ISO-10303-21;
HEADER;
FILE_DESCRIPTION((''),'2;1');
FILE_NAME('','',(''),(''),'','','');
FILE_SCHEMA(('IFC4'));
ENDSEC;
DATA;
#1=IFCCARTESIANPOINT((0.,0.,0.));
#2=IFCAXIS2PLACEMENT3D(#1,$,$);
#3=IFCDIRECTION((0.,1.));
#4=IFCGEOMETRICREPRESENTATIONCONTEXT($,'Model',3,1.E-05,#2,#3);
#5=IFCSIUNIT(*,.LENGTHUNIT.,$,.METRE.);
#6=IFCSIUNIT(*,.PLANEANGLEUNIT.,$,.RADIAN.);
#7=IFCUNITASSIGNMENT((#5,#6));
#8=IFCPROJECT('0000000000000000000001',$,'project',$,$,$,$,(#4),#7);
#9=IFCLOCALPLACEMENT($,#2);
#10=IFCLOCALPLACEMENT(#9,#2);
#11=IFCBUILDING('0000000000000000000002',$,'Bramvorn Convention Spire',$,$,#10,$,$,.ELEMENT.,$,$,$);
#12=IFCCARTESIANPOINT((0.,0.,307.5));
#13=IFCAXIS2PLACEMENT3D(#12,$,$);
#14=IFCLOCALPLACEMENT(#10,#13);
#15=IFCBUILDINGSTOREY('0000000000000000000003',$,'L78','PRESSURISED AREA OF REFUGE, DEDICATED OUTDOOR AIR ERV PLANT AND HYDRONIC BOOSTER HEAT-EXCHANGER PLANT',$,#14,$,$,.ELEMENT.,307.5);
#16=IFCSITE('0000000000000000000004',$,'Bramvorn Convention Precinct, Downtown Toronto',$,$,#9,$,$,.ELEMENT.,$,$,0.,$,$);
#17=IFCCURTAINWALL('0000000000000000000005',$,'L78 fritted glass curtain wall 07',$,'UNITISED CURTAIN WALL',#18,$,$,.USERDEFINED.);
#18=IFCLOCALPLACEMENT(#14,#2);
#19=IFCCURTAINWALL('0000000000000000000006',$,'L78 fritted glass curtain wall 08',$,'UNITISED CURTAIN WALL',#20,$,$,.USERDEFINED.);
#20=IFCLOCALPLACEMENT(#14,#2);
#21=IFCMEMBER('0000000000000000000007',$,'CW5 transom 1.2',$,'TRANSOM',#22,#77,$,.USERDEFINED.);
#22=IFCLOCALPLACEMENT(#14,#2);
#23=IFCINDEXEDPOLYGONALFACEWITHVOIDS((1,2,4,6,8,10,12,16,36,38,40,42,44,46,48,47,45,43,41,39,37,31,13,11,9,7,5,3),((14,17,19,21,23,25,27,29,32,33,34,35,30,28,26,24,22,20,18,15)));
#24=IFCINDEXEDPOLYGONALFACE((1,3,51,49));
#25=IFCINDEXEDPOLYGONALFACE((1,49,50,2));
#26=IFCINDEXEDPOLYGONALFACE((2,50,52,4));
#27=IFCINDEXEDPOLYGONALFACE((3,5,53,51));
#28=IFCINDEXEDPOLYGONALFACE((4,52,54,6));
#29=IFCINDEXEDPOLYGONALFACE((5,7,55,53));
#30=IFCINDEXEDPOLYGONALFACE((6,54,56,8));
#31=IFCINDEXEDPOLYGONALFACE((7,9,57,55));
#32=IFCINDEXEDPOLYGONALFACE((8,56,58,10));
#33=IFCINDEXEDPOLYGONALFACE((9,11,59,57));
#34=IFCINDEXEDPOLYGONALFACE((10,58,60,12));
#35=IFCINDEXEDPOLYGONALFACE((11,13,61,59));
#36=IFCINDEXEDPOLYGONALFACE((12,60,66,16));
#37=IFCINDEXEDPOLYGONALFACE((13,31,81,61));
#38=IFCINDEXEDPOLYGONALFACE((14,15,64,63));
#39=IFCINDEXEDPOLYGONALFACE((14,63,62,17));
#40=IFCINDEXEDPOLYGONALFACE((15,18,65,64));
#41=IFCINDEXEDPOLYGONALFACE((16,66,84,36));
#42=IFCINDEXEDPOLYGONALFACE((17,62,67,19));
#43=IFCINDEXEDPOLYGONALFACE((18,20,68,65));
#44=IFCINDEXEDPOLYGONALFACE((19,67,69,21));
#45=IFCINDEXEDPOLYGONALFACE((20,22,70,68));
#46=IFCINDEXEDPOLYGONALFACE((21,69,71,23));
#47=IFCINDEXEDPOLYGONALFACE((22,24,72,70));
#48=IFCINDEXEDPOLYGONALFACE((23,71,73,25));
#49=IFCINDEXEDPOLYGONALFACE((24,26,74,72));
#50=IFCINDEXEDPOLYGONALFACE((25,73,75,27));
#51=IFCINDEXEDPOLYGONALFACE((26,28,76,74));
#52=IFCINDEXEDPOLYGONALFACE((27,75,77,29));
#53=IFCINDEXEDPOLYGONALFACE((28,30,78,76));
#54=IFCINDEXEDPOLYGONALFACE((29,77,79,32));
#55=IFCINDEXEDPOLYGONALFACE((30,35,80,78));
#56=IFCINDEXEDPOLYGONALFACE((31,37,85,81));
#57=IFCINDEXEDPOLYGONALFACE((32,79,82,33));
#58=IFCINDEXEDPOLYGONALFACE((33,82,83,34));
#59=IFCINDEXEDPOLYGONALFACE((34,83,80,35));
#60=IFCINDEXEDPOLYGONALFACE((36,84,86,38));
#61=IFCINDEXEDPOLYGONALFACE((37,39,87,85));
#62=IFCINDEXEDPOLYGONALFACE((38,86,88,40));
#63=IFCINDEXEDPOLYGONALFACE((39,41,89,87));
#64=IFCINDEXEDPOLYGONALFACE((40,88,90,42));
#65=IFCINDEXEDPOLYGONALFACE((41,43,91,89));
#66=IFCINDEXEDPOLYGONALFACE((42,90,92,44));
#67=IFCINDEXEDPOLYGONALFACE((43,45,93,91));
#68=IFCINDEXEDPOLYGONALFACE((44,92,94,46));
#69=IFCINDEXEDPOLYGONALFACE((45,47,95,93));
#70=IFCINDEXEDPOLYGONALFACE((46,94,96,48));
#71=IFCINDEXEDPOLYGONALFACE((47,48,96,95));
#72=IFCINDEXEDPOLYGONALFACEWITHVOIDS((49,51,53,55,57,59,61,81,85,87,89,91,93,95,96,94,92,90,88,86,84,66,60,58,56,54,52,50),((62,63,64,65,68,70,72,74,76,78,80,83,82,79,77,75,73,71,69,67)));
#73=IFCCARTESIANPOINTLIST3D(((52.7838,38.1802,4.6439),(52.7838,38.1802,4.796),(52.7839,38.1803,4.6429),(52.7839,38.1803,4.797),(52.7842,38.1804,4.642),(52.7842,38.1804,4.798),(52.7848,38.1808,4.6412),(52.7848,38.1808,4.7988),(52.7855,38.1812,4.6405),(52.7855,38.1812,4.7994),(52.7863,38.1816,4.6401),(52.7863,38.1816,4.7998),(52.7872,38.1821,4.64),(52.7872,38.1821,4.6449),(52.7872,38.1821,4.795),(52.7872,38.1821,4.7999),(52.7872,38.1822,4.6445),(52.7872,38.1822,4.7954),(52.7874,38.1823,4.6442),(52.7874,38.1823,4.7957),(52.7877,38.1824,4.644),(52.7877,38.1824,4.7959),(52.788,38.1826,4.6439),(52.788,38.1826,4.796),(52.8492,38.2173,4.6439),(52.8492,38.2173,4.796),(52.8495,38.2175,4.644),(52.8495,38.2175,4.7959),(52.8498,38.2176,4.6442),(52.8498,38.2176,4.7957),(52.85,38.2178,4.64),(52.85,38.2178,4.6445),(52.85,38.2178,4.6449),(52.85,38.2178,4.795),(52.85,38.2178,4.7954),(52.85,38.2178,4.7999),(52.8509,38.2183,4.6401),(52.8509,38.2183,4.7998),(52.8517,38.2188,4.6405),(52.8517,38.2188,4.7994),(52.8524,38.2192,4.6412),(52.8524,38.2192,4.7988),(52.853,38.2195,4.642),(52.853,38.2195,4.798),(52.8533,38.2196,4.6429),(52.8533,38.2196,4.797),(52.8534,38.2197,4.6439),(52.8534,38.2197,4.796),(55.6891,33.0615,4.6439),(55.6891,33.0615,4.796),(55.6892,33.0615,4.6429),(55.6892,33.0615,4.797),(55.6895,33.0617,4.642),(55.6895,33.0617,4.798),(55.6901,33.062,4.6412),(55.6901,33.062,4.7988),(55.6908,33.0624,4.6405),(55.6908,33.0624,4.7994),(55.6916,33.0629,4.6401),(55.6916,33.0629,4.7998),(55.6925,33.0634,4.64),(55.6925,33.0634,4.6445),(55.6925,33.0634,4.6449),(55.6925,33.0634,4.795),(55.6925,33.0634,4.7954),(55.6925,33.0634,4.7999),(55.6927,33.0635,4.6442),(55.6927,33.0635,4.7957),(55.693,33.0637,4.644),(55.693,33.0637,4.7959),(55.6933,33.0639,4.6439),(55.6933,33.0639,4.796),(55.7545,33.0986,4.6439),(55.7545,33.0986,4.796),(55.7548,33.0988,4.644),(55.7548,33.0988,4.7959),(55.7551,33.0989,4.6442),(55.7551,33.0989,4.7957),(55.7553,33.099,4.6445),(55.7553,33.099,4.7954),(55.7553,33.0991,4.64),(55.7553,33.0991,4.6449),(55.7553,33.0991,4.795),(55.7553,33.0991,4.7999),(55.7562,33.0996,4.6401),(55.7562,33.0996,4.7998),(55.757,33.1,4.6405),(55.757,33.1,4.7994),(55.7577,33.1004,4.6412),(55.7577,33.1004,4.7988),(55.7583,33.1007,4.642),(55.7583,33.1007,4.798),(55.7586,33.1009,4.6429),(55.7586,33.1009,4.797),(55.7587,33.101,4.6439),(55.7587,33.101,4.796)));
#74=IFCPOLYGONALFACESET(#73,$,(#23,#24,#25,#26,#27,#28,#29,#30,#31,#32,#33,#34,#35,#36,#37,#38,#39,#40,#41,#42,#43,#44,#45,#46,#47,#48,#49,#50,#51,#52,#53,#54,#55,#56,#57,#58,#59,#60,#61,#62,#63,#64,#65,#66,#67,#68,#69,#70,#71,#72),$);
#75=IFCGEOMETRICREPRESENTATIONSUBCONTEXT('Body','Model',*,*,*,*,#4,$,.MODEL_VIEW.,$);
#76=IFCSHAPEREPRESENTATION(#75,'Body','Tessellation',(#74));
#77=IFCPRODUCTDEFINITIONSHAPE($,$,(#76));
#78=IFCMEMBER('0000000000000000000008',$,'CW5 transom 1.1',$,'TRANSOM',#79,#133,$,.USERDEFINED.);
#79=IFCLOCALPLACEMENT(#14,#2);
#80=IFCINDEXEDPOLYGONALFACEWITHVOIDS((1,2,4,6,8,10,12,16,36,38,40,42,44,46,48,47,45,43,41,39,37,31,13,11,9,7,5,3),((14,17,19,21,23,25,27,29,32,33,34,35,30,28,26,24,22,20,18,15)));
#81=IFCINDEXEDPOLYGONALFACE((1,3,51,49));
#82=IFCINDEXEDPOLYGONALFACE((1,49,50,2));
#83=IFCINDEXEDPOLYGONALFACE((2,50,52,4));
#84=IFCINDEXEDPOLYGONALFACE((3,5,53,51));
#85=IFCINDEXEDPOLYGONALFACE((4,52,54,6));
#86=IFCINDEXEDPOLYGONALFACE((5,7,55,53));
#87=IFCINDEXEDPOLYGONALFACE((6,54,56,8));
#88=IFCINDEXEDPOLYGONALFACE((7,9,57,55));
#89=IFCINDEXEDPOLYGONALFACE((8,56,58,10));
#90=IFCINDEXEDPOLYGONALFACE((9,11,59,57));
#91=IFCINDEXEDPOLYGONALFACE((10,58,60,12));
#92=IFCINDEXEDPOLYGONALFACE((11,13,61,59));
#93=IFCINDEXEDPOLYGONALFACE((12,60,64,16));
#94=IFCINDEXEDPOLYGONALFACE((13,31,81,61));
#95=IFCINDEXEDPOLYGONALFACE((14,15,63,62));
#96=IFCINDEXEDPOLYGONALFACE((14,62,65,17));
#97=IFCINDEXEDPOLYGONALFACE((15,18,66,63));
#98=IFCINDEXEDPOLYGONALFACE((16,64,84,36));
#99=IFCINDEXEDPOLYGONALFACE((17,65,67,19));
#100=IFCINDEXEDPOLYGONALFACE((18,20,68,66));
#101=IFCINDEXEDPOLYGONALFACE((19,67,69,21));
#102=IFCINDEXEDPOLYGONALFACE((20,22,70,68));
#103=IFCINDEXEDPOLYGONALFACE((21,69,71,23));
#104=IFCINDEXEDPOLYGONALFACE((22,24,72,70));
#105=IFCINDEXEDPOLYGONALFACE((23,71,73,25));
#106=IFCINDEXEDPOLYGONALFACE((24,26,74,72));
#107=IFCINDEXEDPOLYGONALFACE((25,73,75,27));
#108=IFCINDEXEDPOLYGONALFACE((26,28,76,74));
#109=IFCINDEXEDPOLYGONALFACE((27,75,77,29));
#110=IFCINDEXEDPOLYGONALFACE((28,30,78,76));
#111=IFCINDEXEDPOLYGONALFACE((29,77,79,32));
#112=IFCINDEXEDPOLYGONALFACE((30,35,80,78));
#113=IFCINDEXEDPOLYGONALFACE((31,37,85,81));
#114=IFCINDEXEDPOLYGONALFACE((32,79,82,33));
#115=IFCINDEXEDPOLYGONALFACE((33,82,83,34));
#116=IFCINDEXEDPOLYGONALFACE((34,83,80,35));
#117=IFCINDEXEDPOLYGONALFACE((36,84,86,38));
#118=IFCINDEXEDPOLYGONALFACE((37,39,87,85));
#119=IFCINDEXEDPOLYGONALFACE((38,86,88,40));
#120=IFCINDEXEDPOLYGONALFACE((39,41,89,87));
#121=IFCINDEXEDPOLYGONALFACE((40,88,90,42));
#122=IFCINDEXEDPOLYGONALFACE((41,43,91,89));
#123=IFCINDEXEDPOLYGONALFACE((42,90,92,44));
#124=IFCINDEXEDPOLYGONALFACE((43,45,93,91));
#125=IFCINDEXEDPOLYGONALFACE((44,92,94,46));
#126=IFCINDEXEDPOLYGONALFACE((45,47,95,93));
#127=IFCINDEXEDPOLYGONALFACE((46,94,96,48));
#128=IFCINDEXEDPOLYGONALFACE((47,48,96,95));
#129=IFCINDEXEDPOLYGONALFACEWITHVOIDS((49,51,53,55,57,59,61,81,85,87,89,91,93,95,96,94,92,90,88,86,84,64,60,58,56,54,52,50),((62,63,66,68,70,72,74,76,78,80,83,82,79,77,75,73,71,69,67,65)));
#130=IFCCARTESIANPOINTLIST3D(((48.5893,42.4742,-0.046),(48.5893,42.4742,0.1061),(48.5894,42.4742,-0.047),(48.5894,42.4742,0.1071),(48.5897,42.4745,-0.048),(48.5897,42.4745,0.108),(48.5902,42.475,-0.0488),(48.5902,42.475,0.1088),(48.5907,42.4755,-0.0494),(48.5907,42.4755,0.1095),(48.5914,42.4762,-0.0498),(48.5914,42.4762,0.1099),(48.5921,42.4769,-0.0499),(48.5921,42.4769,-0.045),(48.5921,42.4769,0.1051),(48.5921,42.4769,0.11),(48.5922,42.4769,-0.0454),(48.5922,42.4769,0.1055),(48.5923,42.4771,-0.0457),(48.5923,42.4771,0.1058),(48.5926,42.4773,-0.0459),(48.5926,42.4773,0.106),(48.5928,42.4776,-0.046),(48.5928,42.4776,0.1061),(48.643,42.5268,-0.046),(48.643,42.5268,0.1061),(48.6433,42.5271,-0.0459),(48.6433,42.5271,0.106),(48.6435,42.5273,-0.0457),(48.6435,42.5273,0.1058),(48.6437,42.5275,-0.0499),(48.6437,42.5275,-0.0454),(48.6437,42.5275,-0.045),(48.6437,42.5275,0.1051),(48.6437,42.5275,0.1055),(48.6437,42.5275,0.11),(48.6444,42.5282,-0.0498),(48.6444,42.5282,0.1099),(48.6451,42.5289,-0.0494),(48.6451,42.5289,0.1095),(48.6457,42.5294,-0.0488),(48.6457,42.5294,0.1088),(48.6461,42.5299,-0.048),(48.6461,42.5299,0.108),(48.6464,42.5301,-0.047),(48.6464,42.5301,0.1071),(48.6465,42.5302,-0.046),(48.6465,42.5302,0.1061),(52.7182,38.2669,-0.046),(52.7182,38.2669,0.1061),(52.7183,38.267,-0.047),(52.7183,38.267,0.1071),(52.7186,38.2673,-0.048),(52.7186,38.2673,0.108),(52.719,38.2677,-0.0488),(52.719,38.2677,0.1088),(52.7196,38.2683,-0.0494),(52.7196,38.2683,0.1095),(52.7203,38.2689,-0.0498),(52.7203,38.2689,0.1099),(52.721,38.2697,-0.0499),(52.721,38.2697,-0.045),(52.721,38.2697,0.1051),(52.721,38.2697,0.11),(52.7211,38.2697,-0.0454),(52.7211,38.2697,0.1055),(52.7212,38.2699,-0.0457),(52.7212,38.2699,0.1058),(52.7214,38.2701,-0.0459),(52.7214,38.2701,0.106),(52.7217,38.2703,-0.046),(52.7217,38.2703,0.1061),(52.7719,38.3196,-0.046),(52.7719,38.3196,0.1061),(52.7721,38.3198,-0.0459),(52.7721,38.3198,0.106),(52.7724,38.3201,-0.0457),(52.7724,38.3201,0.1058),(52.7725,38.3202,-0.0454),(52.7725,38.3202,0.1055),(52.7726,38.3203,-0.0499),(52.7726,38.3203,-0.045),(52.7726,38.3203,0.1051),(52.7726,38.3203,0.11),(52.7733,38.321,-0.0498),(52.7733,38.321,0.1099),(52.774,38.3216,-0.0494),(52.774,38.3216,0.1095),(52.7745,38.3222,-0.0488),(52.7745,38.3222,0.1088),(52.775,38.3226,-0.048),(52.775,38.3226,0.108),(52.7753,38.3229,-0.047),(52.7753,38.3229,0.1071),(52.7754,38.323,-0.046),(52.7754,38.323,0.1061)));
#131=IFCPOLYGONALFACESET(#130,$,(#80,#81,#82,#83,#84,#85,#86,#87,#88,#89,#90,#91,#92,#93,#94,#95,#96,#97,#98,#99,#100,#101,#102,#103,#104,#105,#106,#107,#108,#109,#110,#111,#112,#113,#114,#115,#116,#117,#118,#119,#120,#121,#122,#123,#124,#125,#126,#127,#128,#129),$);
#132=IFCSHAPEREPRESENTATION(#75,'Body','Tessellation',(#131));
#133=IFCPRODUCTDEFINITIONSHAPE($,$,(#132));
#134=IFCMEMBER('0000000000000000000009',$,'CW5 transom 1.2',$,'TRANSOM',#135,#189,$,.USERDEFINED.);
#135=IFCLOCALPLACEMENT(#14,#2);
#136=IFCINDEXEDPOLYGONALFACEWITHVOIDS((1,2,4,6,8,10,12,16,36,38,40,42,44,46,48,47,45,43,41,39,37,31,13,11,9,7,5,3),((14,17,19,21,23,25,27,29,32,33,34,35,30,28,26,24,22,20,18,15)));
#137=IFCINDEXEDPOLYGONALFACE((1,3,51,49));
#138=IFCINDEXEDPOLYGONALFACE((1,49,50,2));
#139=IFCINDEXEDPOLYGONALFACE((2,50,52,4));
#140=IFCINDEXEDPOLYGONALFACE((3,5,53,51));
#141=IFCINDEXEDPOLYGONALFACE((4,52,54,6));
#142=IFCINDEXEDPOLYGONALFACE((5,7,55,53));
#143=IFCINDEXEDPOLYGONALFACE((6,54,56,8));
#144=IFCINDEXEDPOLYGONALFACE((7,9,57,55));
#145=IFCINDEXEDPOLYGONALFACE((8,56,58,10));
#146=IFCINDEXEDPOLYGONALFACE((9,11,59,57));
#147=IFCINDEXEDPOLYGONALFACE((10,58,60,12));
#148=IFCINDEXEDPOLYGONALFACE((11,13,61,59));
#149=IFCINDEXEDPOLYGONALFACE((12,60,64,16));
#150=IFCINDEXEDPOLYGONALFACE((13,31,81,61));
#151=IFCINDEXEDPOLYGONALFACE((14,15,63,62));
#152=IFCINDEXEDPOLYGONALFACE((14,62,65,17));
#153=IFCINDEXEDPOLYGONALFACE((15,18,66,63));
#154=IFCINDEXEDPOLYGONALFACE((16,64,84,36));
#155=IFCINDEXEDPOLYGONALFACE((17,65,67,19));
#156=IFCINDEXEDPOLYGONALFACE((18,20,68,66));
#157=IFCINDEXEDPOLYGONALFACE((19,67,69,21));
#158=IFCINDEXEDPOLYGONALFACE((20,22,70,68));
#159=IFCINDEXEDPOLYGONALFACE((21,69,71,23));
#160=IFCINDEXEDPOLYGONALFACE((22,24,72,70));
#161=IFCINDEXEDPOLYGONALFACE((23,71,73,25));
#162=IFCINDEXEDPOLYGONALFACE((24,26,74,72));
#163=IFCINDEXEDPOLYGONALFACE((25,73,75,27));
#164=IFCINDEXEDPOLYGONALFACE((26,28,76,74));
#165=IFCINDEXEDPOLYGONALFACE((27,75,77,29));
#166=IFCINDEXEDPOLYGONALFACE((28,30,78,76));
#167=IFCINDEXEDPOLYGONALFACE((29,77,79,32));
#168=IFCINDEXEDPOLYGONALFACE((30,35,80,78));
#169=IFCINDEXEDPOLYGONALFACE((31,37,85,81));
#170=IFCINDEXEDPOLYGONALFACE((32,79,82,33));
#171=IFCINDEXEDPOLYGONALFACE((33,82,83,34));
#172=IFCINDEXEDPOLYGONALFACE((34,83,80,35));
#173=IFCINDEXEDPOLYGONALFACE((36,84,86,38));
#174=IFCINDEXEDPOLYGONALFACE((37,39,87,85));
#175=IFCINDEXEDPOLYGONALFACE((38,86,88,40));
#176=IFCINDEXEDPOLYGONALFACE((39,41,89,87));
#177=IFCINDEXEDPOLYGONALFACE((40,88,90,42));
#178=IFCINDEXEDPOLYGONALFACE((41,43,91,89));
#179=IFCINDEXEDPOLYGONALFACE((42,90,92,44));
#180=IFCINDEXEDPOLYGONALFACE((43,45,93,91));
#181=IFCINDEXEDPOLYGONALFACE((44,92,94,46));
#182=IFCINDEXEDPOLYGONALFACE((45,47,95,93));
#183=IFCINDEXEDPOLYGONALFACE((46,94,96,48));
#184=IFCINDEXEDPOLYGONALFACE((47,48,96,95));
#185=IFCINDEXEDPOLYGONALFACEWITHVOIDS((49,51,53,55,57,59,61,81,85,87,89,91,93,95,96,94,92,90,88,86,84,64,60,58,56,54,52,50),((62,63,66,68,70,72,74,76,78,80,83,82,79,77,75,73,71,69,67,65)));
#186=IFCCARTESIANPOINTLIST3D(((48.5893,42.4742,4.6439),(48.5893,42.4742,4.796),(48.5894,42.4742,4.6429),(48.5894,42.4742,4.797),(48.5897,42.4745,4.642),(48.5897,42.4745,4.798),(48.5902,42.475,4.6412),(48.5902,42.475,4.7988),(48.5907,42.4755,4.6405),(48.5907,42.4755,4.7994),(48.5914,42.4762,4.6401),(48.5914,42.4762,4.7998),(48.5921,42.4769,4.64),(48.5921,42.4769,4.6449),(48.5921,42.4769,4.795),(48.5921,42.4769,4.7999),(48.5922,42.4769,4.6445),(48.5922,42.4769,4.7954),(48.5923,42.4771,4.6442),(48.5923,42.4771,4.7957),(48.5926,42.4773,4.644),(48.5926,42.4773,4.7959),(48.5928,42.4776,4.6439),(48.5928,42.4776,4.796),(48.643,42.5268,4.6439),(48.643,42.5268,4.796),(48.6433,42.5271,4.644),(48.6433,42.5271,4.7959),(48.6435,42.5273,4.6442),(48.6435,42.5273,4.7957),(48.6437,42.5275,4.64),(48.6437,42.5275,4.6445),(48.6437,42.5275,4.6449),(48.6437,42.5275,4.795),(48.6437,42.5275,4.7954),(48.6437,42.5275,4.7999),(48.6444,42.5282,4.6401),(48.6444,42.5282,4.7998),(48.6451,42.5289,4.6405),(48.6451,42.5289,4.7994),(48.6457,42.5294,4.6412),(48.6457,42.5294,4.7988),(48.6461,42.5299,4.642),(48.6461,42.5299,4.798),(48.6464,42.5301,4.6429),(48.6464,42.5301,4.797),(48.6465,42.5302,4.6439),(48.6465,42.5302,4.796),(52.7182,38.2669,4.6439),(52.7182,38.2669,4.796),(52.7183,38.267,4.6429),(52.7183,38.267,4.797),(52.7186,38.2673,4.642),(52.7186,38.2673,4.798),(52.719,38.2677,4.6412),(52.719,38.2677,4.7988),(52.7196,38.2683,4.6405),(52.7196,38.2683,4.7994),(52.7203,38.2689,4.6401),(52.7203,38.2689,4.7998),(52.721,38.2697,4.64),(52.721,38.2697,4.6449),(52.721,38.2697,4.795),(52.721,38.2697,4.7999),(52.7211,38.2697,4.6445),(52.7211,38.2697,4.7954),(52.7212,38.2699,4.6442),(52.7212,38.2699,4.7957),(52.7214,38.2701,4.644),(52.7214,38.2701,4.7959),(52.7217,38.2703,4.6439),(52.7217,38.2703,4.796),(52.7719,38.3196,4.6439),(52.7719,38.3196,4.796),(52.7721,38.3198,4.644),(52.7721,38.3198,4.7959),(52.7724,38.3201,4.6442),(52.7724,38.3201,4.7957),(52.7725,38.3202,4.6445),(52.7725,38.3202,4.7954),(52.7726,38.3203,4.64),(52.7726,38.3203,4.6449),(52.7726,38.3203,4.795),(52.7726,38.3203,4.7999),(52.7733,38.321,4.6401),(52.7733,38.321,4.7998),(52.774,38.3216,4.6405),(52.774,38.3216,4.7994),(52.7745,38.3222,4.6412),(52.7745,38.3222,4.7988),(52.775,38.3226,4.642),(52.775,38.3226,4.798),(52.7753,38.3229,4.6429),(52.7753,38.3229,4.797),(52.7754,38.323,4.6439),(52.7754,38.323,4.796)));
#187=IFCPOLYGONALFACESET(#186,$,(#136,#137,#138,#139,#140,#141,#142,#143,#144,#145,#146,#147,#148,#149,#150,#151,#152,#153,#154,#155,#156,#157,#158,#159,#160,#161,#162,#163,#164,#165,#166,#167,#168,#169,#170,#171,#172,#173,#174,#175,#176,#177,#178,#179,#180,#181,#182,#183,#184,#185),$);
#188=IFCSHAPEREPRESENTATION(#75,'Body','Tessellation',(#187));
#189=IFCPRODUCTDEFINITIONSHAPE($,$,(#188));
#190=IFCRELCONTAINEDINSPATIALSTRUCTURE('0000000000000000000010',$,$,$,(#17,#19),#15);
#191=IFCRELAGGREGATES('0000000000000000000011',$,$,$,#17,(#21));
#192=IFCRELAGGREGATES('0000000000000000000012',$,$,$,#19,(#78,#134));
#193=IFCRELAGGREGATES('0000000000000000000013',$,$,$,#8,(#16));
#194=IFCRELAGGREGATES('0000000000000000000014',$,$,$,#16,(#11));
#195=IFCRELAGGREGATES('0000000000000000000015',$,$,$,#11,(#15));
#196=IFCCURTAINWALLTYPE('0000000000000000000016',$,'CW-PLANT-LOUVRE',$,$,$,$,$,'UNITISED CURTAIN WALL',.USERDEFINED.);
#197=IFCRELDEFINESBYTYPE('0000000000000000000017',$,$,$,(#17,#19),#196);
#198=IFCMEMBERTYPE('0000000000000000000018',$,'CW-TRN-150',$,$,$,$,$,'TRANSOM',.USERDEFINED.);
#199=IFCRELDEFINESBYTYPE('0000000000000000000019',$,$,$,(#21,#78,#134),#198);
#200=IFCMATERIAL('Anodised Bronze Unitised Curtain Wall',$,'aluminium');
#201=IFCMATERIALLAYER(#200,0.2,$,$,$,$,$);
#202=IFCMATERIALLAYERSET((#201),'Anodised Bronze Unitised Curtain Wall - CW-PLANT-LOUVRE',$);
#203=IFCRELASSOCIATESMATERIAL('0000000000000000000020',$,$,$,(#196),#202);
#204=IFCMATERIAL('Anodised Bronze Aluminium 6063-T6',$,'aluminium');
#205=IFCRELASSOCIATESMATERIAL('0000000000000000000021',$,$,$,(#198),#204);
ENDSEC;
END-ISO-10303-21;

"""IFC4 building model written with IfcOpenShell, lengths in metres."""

from ifc_helpers import new_model, si_unit, direction, frame, origin, origin_2d, place, context, subcontext, project, spatial, hollow_rectangle, extrude, material, layer, layer_set, material_profile, profile_set, type_object, element, aggregate, save


model = new_model("IFC4")

# Units and contexts
model_context = context("Model", 3, precision=1e-05, world=origin(), true_north=direction((0.0, 1.0)))
body_context = subcontext(model_context, "Body", "Model", "MODEL_VIEW")
ifc_project = project(units=[si_unit("LENGTHUNIT", "METRE"), si_unit("PLANEANGLEUNIT", "RADIAN")], contexts=[model_context])

# Site, building, storey
site_placement = place(None, origin())
site = spatial("IfcSite", under=ifc_project, at=site_placement, Name="Bramvorn Convention Precinct, Downtown Toronto", CompositionType="ELEMENT", RefElevation=0.0)
building_placement = place(site_placement, origin())
building = spatial("IfcBuilding", under=site, at=building_placement, Name="Bramvorn Convention Spire", CompositionType="ELEMENT")
storey_placement = place(building_placement, frame((0.0, 0.0, 307.5)))
storey = spatial("IfcBuildingStorey", under=building, at=storey_placement, Name="L78", Description="PRESSURISED AREA OF REFUGE, DEDICATED OUTDOOR AIR ERV PLANT AND HYDRONIC BOOSTER HEAT-EXCHANGER PLANT", CompositionType="ELEMENT", Elevation=307.5)

# Curtain walls
ifc_material_1 = material(Name="Anodised Bronze Unitised Curtain Wall", Category="aluminium")
ifc_layer_1 = layer(ifc_material_1, 0.2)
ifc_layer_set_1 = layer_set([ifc_layer_1], Name="Anodised Bronze Unitised Curtain Wall - CW-PLANT-LOUVRE")
curtain_wall_type = type_object("IfcCurtainWallType", Name="CW-PLANT-LOUVRE", ElementType="UNITISED CURTAIN WALL", PredefinedType="USERDEFINED", material=ifc_layer_set_1)
curtain_wall_1_placement = place(storey_placement, origin())
curtain_wall_1 = element("IfcCurtainWall", 1, at=curtain_wall_1_placement, inside=storey, type_object=curtain_wall_type, Name="L78 fritted glass curtain wall 07", ObjectType="UNITISED CURTAIN WALL", PredefinedType="USERDEFINED")
ifc_material_2 = material(Name="Anodised Bronze Aluminium 6063-T6", Category="aluminium")
curtain_wall_2_placement = place(storey_placement, origin())
curtain_wall_2 = element("IfcCurtainWall", 2, at=curtain_wall_2_placement, inside=storey, type_object=curtain_wall_type, Name="L78 fritted glass curtain wall 08", ObjectType="UNITISED CURTAIN WALL", PredefinedType="USERDEFINED")

# Members
ifc_material_profile_1 = material_profile(ifc_material_2, hollow_rectangle(XDim=0.0801, YDim=0.1599, WallThickness=0.0039, InnerFilletRadius=0.001, OuterFilletRadius=0.0039, at=origin_2d()))
ifc_profile_set_1 = profile_set([ifc_material_profile_1], Name="Anodised Bronze Aluminium 6063-T6 - CWT80X160")
member_type_1 = type_object("IfcMemberType", Name="CW-TRN-150", ElementType="TRANSOM", PredefinedType="USERDEFINED", material=ifc_profile_set_1)
member_1_placement = place(storey_placement, frame((52.8186, 38.2, 4.72), z_axis=(0.493617, -0.869679, 0.0), x_axis=(0.869679, 0.493617, 0.0)))
member_1 = element("IfcMember", 3, at=member_1_placement, type_object=member_type_1, Name="CW5 transom 1.2", ObjectType="TRANSOM", PredefinedType="USERDEFINED", context=body_context, shape_type="SweptSolid", body=[
    extrude(hollow_rectangle(XDim=0.0801, YDim=0.1599, WallThickness=0.0039, InnerFilletRadius=0.001, OuterFilletRadius=0.0039, at=origin_2d()), origin(), (0.0, 0.0, 1.0), 5.8857),
])
member_2_placement = place(storey_placement, frame((48.6179, 42.5022, 0.03), z_axis=(0.700428, -0.713723, 0.0), x_axis=(0.713723, 0.700428, 0.0)))
member_2 = element("IfcMember", 4, at=member_2_placement, type_object=member_type_1, Name="CW5 transom 1.1", ObjectType="TRANSOM", PredefinedType="USERDEFINED", context=body_context, shape_type="SweptSolid", body=[
    extrude(hollow_rectangle(XDim=0.0801, YDim=0.1599, WallThickness=0.0039, InnerFilletRadius=0.001, OuterFilletRadius=0.0039, at=origin_2d()), origin(), (0.0, 0.0, 1.0), 5.8948),
])
member_3_placement = place(storey_placement, frame((48.6179, 42.5022, 4.72), z_axis=(0.700428, -0.713723, 0.0), x_axis=(0.713723, 0.700428, 0.0)))
member_3 = element("IfcMember", 5, at=member_3_placement, type_object=member_type_1, Name="CW5 transom 1.2", ObjectType="TRANSOM", PredefinedType="USERDEFINED", context=body_context, shape_type="SweptSolid", body=[
    extrude(hollow_rectangle(XDim=0.0801, YDim=0.1599, WallThickness=0.0039, InnerFilletRadius=0.001, OuterFilletRadius=0.0039, at=origin_2d()), origin(), (0.0, 0.0, 1.0), 5.8948),
])

aggregate(curtain_wall_1, [member_1])
aggregate(curtain_wall_2, [member_2, member_3])

save(model, "model.ifc")
